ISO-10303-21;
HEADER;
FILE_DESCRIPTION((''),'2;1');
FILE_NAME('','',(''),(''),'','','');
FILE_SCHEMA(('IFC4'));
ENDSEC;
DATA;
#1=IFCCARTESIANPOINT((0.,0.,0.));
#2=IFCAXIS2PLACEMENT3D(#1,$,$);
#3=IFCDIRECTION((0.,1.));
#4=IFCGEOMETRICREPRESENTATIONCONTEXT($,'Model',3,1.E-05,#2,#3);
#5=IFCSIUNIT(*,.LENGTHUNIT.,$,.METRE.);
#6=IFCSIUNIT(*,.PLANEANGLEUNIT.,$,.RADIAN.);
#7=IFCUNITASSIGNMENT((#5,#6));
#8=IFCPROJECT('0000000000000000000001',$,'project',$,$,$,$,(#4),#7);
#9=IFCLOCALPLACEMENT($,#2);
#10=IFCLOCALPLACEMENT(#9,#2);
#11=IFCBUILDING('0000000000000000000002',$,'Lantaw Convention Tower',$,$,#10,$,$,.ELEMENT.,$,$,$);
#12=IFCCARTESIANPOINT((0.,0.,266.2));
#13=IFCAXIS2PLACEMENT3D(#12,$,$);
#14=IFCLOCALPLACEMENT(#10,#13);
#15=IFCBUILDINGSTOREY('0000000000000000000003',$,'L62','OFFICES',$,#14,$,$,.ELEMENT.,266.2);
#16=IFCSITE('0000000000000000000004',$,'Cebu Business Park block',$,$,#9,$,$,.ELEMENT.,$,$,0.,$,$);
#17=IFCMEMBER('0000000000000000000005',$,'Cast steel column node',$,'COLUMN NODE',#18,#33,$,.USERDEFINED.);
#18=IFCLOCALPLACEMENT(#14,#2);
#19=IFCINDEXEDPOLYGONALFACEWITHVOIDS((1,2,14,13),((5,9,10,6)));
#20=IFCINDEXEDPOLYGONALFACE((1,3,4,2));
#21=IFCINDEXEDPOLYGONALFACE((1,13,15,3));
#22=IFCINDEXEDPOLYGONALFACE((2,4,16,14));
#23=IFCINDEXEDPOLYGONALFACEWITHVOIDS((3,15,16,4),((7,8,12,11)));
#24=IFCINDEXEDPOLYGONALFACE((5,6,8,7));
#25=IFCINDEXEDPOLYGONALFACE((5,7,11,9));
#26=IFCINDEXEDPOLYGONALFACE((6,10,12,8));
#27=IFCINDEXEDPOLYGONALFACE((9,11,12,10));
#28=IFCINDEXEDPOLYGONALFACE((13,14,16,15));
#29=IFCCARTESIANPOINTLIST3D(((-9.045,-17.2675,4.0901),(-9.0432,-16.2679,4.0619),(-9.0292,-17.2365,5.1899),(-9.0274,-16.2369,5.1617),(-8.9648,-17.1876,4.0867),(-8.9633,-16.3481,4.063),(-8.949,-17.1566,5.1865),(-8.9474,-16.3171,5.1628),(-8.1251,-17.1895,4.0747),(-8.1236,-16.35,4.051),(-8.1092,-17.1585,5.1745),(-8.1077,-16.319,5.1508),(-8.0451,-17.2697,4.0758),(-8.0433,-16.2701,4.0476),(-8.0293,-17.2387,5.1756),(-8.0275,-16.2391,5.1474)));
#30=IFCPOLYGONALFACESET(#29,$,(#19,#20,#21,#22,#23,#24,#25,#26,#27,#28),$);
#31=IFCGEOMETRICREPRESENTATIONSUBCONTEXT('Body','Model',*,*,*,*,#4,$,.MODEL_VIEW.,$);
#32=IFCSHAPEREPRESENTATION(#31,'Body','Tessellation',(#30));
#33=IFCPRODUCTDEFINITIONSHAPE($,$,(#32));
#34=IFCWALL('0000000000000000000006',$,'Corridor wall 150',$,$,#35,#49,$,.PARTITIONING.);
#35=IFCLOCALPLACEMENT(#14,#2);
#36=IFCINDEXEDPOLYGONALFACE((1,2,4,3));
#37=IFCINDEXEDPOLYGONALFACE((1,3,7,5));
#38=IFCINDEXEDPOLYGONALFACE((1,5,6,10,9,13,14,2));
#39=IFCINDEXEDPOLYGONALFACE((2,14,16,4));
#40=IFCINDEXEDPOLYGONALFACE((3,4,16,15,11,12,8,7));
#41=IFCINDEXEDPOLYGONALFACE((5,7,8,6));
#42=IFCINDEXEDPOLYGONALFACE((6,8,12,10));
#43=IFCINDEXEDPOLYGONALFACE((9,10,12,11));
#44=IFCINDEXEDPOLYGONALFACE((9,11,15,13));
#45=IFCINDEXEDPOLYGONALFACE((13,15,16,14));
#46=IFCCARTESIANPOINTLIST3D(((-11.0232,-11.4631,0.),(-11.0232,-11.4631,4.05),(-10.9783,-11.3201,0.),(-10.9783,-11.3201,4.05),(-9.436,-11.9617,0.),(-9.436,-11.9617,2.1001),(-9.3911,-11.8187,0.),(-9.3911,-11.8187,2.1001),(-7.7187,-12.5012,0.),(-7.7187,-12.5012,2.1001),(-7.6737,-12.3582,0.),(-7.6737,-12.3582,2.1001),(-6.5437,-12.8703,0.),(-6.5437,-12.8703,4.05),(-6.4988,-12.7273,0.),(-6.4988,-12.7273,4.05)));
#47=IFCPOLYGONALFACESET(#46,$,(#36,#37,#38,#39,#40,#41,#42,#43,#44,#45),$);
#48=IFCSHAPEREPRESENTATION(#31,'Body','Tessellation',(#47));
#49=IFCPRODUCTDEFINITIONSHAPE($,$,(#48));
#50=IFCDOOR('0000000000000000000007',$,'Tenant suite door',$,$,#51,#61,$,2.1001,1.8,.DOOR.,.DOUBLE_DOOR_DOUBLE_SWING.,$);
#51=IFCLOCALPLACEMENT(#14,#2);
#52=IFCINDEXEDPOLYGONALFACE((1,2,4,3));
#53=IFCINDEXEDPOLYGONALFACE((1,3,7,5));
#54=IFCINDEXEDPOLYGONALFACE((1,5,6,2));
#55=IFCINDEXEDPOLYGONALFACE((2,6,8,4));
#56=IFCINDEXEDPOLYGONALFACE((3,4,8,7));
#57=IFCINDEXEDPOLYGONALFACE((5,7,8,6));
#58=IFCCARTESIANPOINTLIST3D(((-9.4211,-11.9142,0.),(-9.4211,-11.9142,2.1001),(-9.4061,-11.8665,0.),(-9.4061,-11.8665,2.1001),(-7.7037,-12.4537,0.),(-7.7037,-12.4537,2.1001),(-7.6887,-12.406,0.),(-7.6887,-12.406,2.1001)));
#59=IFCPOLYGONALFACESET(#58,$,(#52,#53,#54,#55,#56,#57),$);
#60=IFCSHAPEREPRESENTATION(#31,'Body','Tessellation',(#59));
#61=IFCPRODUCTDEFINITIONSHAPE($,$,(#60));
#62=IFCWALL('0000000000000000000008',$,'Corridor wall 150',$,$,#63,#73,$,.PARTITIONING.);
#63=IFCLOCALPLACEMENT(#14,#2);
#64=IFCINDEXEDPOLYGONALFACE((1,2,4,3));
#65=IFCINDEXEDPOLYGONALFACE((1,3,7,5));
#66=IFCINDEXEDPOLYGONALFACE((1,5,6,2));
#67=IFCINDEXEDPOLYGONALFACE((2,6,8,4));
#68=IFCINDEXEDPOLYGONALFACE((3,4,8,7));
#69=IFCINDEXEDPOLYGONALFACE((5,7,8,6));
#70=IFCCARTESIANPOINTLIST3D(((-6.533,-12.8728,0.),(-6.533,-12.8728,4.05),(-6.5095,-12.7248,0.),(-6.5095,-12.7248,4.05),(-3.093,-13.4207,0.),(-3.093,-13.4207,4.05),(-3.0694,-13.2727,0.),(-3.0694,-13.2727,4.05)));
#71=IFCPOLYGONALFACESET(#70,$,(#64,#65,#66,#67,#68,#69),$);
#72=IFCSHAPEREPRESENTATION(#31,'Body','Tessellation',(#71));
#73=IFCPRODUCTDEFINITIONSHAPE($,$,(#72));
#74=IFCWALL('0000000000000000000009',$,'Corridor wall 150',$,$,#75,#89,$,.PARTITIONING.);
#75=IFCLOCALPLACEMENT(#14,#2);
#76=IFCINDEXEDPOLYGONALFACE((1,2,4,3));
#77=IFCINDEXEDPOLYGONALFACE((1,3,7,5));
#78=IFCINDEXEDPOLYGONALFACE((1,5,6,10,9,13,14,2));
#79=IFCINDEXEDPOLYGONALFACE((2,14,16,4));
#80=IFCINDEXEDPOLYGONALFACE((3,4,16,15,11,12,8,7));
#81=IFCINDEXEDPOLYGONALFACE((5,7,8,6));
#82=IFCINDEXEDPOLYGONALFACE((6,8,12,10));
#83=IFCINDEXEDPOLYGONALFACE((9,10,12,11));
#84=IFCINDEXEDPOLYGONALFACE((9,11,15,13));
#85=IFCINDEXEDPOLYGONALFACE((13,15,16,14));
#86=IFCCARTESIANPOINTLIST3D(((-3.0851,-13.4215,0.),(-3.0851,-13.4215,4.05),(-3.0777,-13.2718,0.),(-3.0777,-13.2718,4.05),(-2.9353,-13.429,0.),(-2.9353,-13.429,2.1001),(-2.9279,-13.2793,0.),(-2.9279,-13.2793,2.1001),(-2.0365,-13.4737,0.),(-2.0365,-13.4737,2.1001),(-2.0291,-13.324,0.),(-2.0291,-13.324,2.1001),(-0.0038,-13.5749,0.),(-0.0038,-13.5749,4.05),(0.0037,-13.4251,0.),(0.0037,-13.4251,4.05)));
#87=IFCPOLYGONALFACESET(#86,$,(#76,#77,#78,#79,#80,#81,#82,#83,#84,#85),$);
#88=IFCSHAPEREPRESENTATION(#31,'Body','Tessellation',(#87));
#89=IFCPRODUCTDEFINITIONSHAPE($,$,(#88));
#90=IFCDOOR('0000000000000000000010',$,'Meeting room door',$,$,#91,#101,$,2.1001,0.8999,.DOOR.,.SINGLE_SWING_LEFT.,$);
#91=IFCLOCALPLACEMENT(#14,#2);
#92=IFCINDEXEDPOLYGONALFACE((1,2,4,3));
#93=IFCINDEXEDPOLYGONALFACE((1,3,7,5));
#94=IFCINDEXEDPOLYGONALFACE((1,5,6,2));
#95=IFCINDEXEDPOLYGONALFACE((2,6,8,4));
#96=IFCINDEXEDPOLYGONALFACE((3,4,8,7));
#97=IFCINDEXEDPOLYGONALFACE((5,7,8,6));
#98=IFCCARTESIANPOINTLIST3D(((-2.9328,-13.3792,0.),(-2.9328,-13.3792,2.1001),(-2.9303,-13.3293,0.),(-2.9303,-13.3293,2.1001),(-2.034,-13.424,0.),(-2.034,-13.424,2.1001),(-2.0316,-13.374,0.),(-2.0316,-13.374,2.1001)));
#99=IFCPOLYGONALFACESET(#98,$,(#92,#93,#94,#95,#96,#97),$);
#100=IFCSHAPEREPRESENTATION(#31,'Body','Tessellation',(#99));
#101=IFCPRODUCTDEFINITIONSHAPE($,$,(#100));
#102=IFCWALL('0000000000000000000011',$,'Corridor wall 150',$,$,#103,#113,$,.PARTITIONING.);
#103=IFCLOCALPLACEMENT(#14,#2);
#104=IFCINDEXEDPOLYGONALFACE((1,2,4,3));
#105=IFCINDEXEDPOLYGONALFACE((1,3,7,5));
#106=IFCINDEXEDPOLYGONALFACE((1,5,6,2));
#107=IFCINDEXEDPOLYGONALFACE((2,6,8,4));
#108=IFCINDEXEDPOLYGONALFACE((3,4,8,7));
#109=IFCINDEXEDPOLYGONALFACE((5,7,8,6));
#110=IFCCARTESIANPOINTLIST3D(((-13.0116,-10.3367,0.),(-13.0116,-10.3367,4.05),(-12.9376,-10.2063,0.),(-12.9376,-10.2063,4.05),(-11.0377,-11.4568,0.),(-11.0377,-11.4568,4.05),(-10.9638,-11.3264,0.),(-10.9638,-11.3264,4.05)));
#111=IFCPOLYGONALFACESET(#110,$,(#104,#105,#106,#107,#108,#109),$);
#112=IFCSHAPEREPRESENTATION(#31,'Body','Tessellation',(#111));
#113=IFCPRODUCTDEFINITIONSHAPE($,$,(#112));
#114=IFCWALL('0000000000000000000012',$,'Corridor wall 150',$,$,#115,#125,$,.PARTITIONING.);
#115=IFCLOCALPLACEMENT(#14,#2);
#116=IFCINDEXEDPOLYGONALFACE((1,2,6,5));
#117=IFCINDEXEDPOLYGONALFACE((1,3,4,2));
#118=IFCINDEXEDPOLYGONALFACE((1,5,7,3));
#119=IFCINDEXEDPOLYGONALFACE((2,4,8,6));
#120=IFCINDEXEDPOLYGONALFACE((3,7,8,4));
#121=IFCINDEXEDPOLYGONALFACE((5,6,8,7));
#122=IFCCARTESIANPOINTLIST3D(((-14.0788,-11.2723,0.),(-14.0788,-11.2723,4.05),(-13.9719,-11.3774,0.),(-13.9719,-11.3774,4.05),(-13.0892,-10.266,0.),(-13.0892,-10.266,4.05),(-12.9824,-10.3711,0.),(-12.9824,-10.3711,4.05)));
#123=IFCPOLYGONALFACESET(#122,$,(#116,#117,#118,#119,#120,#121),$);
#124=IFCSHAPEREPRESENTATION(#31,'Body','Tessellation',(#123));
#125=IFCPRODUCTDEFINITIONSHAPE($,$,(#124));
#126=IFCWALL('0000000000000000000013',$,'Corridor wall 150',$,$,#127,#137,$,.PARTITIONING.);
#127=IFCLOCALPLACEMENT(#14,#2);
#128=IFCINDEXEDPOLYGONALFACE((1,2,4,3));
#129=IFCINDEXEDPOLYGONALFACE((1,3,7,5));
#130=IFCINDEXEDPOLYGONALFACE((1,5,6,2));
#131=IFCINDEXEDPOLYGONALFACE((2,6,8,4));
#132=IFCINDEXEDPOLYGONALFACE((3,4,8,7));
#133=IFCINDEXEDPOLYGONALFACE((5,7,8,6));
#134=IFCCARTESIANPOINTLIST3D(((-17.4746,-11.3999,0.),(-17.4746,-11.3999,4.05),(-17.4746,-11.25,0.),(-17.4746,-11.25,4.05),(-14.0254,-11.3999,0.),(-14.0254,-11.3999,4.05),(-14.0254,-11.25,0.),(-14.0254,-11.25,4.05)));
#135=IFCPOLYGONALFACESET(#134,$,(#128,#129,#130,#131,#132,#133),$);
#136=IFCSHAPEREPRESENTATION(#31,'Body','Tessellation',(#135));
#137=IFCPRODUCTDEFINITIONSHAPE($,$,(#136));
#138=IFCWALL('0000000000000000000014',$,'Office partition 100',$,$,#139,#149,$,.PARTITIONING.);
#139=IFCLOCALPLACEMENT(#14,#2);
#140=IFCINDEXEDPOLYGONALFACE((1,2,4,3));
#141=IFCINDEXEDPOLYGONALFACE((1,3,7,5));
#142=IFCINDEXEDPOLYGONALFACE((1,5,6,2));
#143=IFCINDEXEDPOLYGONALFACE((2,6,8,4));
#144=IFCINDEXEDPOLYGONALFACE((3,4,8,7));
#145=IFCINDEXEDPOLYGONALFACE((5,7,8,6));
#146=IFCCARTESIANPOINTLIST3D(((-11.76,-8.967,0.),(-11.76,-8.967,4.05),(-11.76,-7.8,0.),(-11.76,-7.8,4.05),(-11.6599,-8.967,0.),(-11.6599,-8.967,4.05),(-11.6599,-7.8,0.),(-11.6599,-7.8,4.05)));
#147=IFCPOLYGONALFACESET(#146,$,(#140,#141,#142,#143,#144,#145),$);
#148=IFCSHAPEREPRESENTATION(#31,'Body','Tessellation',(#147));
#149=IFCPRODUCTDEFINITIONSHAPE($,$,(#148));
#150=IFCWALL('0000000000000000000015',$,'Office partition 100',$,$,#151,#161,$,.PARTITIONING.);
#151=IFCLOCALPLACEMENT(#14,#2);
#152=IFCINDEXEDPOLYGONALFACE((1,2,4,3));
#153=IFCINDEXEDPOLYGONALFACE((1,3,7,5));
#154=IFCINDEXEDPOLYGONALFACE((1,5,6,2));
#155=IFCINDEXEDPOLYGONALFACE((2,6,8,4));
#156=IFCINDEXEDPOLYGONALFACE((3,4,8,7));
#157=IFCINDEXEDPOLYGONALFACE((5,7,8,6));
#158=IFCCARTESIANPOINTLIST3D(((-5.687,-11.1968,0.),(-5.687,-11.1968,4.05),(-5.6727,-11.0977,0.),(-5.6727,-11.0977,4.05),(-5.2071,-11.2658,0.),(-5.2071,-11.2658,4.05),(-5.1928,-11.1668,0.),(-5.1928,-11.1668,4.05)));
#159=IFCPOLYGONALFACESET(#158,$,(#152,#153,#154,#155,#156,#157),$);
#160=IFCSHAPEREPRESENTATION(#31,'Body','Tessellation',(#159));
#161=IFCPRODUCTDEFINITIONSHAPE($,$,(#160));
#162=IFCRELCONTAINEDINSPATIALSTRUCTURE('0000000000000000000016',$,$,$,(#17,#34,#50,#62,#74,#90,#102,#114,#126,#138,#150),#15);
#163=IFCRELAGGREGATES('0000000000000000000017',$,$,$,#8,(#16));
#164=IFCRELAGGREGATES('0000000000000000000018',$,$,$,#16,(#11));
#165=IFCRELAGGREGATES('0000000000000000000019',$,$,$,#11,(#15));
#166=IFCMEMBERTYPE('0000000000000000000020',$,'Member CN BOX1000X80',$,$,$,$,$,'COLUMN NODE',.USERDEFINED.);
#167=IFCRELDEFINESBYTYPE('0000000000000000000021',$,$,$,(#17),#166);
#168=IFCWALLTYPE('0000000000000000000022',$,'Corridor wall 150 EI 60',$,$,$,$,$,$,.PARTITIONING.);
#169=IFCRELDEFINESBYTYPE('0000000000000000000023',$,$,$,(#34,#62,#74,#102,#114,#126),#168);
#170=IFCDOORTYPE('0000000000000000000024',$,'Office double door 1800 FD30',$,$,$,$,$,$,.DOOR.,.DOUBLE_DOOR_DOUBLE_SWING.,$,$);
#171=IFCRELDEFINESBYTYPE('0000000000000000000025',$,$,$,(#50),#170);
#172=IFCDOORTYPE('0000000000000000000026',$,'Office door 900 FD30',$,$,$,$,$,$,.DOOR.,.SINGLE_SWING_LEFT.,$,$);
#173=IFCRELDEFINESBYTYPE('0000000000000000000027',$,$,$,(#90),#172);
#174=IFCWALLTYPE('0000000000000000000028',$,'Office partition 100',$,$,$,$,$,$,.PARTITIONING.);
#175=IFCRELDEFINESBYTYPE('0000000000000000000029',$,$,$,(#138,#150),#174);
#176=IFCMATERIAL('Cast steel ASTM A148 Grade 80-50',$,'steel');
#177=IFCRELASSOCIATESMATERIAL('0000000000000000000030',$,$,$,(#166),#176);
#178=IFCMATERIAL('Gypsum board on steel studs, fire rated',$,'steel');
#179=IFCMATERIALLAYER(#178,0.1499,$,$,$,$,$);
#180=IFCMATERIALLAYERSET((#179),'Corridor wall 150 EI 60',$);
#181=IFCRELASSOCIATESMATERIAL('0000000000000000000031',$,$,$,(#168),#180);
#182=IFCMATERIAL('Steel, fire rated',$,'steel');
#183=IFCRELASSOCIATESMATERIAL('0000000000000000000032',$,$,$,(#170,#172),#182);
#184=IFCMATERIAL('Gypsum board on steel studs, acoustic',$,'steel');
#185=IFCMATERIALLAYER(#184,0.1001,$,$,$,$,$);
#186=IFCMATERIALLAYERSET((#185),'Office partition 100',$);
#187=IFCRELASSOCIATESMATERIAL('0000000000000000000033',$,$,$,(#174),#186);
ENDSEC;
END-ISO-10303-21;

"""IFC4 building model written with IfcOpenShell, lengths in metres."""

from ifc_helpers import new_model, si_unit, direction, frame, frame_2d, origin, origin_2d, place, context, subcontext, project, spatial, rectangle, hollow_rectangle, extrude, material, layer, layer_set, material_profile, profile_set, type_object, element, fill, save


model = new_model("IFC4")

# Units and contexts
model_context = context("Model", 3, precision=1e-05, world=origin(), true_north=direction((0.0, 1.0)))
body_context = subcontext(model_context, "Body", "Model", "MODEL_VIEW")
ifc_project = project(units=[si_unit("LENGTHUNIT", "METRE"), si_unit("PLANEANGLEUNIT", "RADIAN")], contexts=[model_context])

# Site, building, storey
site_placement = place(None, origin())
site = spatial("IfcSite", under=ifc_project, at=site_placement, Name="Cebu Business Park block", CompositionType="ELEMENT", RefElevation=0.0)
building_placement = place(site_placement, origin())
building = spatial("IfcBuilding", under=site, at=building_placement, Name="Lantaw Convention Tower", CompositionType="ELEMENT")
storey_placement = place(building_placement, frame((0.0, 0.0, 266.2)))
storey = spatial("IfcBuildingStorey", under=building, at=storey_placement, Name="L62", Description="OFFICES", CompositionType="ELEMENT", Elevation=266.2)

# Member
ifc_material_1 = material(Name="Cast steel ASTM A148 Grade 80-50", Category="steel")
ifc_material_profile_1 = material_profile(ifc_material_1, hollow_rectangle(XDim=1.0, YDim=1.0, WallThickness=0.0801, at=origin_2d()), Name="BOX1000X80")
ifc_profile_set_1 = profile_set([ifc_material_profile_1], Name="Cast steel ASTM A148 Grade 80-50")
member_type = type_object("IfcMemberType", Name="Member CN BOX1000X80", ElementType="COLUMN NODE", PredefinedType="USERDEFINED", material=ifc_profile_set_1)
member_1_placement = place(storey_placement, frame((-8.5442, -16.7688, 4.0688), z_axis=(0.014421, 0.028177, 0.999499), x_axis=(0.999894, -0.002217, -0.014364)))
element("IfcMember", 1, at=member_1_placement, inside=storey, type_object=member_type, Name="Cast steel column node", ObjectType="COLUMN NODE", PredefinedType="USERDEFINED", context=body_context, shape_type="SweptSolid", body=[
    extrude(hollow_rectangle(XDim=1.0, YDim=1.0, WallThickness=0.0801, at=origin_2d()), origin(), (0.0, 0.0, 1.0), 1.1003),
])

# Wall, opening, door
ifc_material_2 = material(Name="Gypsum board on steel studs, fire rated", Category="steel")
ifc_layer_1 = layer(ifc_material_2, 0.1499)
ifc_layer_set_1 = layer_set([ifc_layer_1], Name="Corridor wall 150 EI 60")
wall_type_1 = type_object("IfcWallType", Name="Corridor wall 150 EI 60", PredefinedType="PARTITIONING", material=ifc_layer_set_1)
wall_1_placement = place(storey_placement, frame((-11.0007, -11.3916, 0.0), z_axis=(0.0, 0.0, 1.0), x_axis=(0.954031, -0.299708, 0.0)))
wall_1 = element("IfcWall", 2, at=wall_1_placement, inside=storey, type_object=wall_type_1, Name="Corridor wall 150", PredefinedType="PARTITIONING", context=body_context, shape_type="SweptSolid", body=[
    extrude(rectangle(XDim=4.6953, YDim=0.1499, at=frame_2d((2.3477, 0.0))), origin(), (0.0, 0.0, 1.0), 4.05),
])
opening_1_placement = place(wall_1_placement, frame((1.6638, 0.0, 0.0)))
opening_1 = element("IfcOpeningElement", 3, at=opening_1_placement, cuts=wall_1, PredefinedType="OPENING", context=body_context, shape_type="SweptSolid", body=[
    extrude(rectangle(XDim=1.8, YDim=2.1001, at=frame_2d((0.8999, 1.05))), frame((0.0, 0.085, 0.0), z_axis=(0.0, -1.0, 0.0), x_axis=(1.0, 0.0, 0.0)), (0.0, 0.0, 1.0), 0.1699),
])
ifc_material_3 = material(Name="Steel, fire rated", Category="steel")
door_type_1 = type_object("IfcDoorType", Name="Office double door 1800 FD30", OperationType="DOUBLE_DOOR_DOUBLE_SWING", PredefinedType="DOOR", material=ifc_material_3)
door_1_placement = place(opening_1_placement, origin())
door_1 = element("IfcDoor", 4, at=door_1_placement, inside=storey, type_object=door_type_1, Name="Tenant suite door", OperationType="DOUBLE_DOOR_DOUBLE_SWING", OverallHeight=2.1001, OverallWidth=1.8, PredefinedType="DOOR", context=body_context, shape_type="SweptSolid", body=[
    extrude(rectangle(XDim=1.8, YDim=2.1001, at=frame_2d((0.8999, 1.05))), frame((0.0, 0.0249, 0.0), z_axis=(0.0, -1.0, 0.0), x_axis=(1.0, 0.0, 0.0)), (0.0, 0.0, 1.0), 0.05),
])
fill(opening_1, door_1)

# Wall
wall_2_placement = place(storey_placement, frame((-6.5212, -12.7988, 0.0), z_axis=(0.0, 0.0, 1.0), x_axis=(0.987554, -0.15728, 0.0)))
element("IfcWall", 5, at=wall_2_placement, inside=storey, type_object=wall_type_1, Name="Corridor wall 150", PredefinedType="PARTITIONING", context=body_context, shape_type="SweptSolid", body=[
    extrude(rectangle(XDim=3.4834, YDim=0.1499, at=frame_2d((1.7417, 0.0))), origin(), (0.0, 0.0, 1.0), 4.05),
])

# Wall, opening, door
wall_3_placement = place(storey_placement, frame((-3.0813, -13.3467, 0.0), z_axis=(0.0, 0.0, 1.0), x_axis=(0.998764, -0.049697, 0.0)))
wall_3 = element("IfcWall", 6, at=wall_3_placement, inside=storey, type_object=wall_type_1, Name="Corridor wall 150", PredefinedType="PARTITIONING", context=body_context, shape_type="SweptSolid", body=[
    extrude(rectangle(XDim=3.0852, YDim=0.1499, at=frame_2d((1.5425, 0.0))), origin(), (0.0, 0.0, 1.0), 4.05),
])
opening_2_placement = place(wall_3_placement, frame((0.1499, 0.0, 0.0)))
opening_2 = element("IfcOpeningElement", 7, at=opening_2_placement, cuts=wall_3, PredefinedType="OPENING", context=body_context, shape_type="SweptSolid", body=[
    extrude(rectangle(XDim=0.8999, YDim=2.1001, at=frame_2d((0.45, 1.05))), frame((0.0, 0.085, 0.0), z_axis=(0.0, -1.0, 0.0), x_axis=(1.0, 0.0, 0.0)), (0.0, 0.0, 1.0), 0.1699),
])
door_type_2 = type_object("IfcDoorType", Name="Office door 900 FD30", OperationType="SINGLE_SWING_LEFT", PredefinedType="DOOR", material=ifc_material_3)
door_2_placement = place(opening_2_placement, origin())
door_2 = element("IfcDoor", 8, at=door_2_placement, inside=storey, type_object=door_type_2, Name="Meeting room door", OperationType="SINGLE_SWING_LEFT", OverallHeight=2.1001, OverallWidth=0.8999, PredefinedType="DOOR", context=body_context, shape_type="SweptSolid", body=[
    extrude(rectangle(XDim=0.8999, YDim=2.1001, at=frame_2d((0.45, 1.05))), frame((0.0, 0.0249, 0.0), z_axis=(0.0, -1.0, 0.0), x_axis=(1.0, 0.0, 0.0)), (0.0, 0.0, 1.0), 0.05),
])
fill(opening_2, door_2)

# Walls
wall_4_placement = place(storey_placement, frame((-12.9746, -10.2715, 0.0), z_axis=(0.0, 0.0, 1.0), x_axis=(0.869722, -0.493542, 0.0)))
element("IfcWall", 9, at=wall_4_placement, inside=storey, type_object=wall_type_1, Name="Corridor wall 150", PredefinedType="PARTITIONING", context=body_context, shape_type="SweptSolid", body=[
    extrude(rectangle(XDim=2.2695, YDim=0.1499, at=frame_2d((1.1348, 0.0))), origin(), (0.0, 0.0, 1.0), 4.05),
])
wall_5_placement = place(storey_placement, frame((-13.0359, -10.3186, 0.0), z_axis=(0.0, 0.0, 1.0), x_axis=(-0.701114, -0.71305, 0.0)))
element("IfcWall", 10, at=wall_5_placement, inside=storey, type_object=wall_type_1, Name="Corridor wall 150", PredefinedType="PARTITIONING", context=body_context, shape_type="SweptSolid", body=[
    extrude(rectangle(XDim=1.4114, YDim=0.1499, at=frame_2d((0.7056, 0.0))), origin(), (0.0, 0.0, 1.0), 4.05),
])
wall_6_placement = place(storey_placement, frame((-14.0254, -11.325, 0.0), z_axis=(0.0, 0.0, 1.0), x_axis=(-1.0, 0.0, 0.0)))
element("IfcWall", 11, at=wall_6_placement, inside=storey, type_object=wall_type_1, Name="Corridor wall 150", PredefinedType="PARTITIONING", context=body_context, shape_type="SweptSolid", body=[
    extrude(rectangle(XDim=3.4492, YDim=0.1499, at=frame_2d((1.7246, 0.0))), origin(), (0.0, 0.0, 1.0), 4.05),
])
ifc_material_4 = material(Name="Gypsum board on steel studs, acoustic", Category="steel")
ifc_layer_2 = layer(ifc_material_4, 0.1001)
ifc_layer_set_2 = layer_set([ifc_layer_2], Name="Office partition 100")
wall_type_2 = type_object("IfcWallType", Name="Office partition 100", PredefinedType="PARTITIONING", material=ifc_layer_set_2)
wall_7_placement = place(storey_placement, frame((-11.71, -7.8, 0.0), z_axis=(0.0, 0.0, 1.0), x_axis=(0.0, -1.0, 0.0)))
element("IfcWall", 12, at=wall_7_placement, inside=storey, type_object=wall_type_2, Name="Office partition 100", PredefinedType="PARTITIONING", context=body_context, shape_type="SweptSolid", body=[
    extrude(rectangle(XDim=1.167, YDim=0.1001, at=frame_2d((0.5835, 0.0))), origin(), (0.0, 0.0, 1.0), 4.05),
])
wall_8_placement = place(storey_placement, frame((-5.2, -11.2163, 0.0), z_axis=(0.0, 0.0, 1.0), x_axis=(-0.989798, 0.142479, 0.0)))
element("IfcWall", 13, at=wall_8_placement, inside=storey, type_object=wall_type_2, Name="Office partition 100", PredefinedType="PARTITIONING", context=body_context, shape_type="SweptSolid", body=[
    extrude(rectangle(XDim=0.4849, YDim=0.1001, at=frame_2d((0.2424, 0.0))), origin(), (0.0, 0.0, 1.0), 4.05),
])

save(model, "model.ifc")
